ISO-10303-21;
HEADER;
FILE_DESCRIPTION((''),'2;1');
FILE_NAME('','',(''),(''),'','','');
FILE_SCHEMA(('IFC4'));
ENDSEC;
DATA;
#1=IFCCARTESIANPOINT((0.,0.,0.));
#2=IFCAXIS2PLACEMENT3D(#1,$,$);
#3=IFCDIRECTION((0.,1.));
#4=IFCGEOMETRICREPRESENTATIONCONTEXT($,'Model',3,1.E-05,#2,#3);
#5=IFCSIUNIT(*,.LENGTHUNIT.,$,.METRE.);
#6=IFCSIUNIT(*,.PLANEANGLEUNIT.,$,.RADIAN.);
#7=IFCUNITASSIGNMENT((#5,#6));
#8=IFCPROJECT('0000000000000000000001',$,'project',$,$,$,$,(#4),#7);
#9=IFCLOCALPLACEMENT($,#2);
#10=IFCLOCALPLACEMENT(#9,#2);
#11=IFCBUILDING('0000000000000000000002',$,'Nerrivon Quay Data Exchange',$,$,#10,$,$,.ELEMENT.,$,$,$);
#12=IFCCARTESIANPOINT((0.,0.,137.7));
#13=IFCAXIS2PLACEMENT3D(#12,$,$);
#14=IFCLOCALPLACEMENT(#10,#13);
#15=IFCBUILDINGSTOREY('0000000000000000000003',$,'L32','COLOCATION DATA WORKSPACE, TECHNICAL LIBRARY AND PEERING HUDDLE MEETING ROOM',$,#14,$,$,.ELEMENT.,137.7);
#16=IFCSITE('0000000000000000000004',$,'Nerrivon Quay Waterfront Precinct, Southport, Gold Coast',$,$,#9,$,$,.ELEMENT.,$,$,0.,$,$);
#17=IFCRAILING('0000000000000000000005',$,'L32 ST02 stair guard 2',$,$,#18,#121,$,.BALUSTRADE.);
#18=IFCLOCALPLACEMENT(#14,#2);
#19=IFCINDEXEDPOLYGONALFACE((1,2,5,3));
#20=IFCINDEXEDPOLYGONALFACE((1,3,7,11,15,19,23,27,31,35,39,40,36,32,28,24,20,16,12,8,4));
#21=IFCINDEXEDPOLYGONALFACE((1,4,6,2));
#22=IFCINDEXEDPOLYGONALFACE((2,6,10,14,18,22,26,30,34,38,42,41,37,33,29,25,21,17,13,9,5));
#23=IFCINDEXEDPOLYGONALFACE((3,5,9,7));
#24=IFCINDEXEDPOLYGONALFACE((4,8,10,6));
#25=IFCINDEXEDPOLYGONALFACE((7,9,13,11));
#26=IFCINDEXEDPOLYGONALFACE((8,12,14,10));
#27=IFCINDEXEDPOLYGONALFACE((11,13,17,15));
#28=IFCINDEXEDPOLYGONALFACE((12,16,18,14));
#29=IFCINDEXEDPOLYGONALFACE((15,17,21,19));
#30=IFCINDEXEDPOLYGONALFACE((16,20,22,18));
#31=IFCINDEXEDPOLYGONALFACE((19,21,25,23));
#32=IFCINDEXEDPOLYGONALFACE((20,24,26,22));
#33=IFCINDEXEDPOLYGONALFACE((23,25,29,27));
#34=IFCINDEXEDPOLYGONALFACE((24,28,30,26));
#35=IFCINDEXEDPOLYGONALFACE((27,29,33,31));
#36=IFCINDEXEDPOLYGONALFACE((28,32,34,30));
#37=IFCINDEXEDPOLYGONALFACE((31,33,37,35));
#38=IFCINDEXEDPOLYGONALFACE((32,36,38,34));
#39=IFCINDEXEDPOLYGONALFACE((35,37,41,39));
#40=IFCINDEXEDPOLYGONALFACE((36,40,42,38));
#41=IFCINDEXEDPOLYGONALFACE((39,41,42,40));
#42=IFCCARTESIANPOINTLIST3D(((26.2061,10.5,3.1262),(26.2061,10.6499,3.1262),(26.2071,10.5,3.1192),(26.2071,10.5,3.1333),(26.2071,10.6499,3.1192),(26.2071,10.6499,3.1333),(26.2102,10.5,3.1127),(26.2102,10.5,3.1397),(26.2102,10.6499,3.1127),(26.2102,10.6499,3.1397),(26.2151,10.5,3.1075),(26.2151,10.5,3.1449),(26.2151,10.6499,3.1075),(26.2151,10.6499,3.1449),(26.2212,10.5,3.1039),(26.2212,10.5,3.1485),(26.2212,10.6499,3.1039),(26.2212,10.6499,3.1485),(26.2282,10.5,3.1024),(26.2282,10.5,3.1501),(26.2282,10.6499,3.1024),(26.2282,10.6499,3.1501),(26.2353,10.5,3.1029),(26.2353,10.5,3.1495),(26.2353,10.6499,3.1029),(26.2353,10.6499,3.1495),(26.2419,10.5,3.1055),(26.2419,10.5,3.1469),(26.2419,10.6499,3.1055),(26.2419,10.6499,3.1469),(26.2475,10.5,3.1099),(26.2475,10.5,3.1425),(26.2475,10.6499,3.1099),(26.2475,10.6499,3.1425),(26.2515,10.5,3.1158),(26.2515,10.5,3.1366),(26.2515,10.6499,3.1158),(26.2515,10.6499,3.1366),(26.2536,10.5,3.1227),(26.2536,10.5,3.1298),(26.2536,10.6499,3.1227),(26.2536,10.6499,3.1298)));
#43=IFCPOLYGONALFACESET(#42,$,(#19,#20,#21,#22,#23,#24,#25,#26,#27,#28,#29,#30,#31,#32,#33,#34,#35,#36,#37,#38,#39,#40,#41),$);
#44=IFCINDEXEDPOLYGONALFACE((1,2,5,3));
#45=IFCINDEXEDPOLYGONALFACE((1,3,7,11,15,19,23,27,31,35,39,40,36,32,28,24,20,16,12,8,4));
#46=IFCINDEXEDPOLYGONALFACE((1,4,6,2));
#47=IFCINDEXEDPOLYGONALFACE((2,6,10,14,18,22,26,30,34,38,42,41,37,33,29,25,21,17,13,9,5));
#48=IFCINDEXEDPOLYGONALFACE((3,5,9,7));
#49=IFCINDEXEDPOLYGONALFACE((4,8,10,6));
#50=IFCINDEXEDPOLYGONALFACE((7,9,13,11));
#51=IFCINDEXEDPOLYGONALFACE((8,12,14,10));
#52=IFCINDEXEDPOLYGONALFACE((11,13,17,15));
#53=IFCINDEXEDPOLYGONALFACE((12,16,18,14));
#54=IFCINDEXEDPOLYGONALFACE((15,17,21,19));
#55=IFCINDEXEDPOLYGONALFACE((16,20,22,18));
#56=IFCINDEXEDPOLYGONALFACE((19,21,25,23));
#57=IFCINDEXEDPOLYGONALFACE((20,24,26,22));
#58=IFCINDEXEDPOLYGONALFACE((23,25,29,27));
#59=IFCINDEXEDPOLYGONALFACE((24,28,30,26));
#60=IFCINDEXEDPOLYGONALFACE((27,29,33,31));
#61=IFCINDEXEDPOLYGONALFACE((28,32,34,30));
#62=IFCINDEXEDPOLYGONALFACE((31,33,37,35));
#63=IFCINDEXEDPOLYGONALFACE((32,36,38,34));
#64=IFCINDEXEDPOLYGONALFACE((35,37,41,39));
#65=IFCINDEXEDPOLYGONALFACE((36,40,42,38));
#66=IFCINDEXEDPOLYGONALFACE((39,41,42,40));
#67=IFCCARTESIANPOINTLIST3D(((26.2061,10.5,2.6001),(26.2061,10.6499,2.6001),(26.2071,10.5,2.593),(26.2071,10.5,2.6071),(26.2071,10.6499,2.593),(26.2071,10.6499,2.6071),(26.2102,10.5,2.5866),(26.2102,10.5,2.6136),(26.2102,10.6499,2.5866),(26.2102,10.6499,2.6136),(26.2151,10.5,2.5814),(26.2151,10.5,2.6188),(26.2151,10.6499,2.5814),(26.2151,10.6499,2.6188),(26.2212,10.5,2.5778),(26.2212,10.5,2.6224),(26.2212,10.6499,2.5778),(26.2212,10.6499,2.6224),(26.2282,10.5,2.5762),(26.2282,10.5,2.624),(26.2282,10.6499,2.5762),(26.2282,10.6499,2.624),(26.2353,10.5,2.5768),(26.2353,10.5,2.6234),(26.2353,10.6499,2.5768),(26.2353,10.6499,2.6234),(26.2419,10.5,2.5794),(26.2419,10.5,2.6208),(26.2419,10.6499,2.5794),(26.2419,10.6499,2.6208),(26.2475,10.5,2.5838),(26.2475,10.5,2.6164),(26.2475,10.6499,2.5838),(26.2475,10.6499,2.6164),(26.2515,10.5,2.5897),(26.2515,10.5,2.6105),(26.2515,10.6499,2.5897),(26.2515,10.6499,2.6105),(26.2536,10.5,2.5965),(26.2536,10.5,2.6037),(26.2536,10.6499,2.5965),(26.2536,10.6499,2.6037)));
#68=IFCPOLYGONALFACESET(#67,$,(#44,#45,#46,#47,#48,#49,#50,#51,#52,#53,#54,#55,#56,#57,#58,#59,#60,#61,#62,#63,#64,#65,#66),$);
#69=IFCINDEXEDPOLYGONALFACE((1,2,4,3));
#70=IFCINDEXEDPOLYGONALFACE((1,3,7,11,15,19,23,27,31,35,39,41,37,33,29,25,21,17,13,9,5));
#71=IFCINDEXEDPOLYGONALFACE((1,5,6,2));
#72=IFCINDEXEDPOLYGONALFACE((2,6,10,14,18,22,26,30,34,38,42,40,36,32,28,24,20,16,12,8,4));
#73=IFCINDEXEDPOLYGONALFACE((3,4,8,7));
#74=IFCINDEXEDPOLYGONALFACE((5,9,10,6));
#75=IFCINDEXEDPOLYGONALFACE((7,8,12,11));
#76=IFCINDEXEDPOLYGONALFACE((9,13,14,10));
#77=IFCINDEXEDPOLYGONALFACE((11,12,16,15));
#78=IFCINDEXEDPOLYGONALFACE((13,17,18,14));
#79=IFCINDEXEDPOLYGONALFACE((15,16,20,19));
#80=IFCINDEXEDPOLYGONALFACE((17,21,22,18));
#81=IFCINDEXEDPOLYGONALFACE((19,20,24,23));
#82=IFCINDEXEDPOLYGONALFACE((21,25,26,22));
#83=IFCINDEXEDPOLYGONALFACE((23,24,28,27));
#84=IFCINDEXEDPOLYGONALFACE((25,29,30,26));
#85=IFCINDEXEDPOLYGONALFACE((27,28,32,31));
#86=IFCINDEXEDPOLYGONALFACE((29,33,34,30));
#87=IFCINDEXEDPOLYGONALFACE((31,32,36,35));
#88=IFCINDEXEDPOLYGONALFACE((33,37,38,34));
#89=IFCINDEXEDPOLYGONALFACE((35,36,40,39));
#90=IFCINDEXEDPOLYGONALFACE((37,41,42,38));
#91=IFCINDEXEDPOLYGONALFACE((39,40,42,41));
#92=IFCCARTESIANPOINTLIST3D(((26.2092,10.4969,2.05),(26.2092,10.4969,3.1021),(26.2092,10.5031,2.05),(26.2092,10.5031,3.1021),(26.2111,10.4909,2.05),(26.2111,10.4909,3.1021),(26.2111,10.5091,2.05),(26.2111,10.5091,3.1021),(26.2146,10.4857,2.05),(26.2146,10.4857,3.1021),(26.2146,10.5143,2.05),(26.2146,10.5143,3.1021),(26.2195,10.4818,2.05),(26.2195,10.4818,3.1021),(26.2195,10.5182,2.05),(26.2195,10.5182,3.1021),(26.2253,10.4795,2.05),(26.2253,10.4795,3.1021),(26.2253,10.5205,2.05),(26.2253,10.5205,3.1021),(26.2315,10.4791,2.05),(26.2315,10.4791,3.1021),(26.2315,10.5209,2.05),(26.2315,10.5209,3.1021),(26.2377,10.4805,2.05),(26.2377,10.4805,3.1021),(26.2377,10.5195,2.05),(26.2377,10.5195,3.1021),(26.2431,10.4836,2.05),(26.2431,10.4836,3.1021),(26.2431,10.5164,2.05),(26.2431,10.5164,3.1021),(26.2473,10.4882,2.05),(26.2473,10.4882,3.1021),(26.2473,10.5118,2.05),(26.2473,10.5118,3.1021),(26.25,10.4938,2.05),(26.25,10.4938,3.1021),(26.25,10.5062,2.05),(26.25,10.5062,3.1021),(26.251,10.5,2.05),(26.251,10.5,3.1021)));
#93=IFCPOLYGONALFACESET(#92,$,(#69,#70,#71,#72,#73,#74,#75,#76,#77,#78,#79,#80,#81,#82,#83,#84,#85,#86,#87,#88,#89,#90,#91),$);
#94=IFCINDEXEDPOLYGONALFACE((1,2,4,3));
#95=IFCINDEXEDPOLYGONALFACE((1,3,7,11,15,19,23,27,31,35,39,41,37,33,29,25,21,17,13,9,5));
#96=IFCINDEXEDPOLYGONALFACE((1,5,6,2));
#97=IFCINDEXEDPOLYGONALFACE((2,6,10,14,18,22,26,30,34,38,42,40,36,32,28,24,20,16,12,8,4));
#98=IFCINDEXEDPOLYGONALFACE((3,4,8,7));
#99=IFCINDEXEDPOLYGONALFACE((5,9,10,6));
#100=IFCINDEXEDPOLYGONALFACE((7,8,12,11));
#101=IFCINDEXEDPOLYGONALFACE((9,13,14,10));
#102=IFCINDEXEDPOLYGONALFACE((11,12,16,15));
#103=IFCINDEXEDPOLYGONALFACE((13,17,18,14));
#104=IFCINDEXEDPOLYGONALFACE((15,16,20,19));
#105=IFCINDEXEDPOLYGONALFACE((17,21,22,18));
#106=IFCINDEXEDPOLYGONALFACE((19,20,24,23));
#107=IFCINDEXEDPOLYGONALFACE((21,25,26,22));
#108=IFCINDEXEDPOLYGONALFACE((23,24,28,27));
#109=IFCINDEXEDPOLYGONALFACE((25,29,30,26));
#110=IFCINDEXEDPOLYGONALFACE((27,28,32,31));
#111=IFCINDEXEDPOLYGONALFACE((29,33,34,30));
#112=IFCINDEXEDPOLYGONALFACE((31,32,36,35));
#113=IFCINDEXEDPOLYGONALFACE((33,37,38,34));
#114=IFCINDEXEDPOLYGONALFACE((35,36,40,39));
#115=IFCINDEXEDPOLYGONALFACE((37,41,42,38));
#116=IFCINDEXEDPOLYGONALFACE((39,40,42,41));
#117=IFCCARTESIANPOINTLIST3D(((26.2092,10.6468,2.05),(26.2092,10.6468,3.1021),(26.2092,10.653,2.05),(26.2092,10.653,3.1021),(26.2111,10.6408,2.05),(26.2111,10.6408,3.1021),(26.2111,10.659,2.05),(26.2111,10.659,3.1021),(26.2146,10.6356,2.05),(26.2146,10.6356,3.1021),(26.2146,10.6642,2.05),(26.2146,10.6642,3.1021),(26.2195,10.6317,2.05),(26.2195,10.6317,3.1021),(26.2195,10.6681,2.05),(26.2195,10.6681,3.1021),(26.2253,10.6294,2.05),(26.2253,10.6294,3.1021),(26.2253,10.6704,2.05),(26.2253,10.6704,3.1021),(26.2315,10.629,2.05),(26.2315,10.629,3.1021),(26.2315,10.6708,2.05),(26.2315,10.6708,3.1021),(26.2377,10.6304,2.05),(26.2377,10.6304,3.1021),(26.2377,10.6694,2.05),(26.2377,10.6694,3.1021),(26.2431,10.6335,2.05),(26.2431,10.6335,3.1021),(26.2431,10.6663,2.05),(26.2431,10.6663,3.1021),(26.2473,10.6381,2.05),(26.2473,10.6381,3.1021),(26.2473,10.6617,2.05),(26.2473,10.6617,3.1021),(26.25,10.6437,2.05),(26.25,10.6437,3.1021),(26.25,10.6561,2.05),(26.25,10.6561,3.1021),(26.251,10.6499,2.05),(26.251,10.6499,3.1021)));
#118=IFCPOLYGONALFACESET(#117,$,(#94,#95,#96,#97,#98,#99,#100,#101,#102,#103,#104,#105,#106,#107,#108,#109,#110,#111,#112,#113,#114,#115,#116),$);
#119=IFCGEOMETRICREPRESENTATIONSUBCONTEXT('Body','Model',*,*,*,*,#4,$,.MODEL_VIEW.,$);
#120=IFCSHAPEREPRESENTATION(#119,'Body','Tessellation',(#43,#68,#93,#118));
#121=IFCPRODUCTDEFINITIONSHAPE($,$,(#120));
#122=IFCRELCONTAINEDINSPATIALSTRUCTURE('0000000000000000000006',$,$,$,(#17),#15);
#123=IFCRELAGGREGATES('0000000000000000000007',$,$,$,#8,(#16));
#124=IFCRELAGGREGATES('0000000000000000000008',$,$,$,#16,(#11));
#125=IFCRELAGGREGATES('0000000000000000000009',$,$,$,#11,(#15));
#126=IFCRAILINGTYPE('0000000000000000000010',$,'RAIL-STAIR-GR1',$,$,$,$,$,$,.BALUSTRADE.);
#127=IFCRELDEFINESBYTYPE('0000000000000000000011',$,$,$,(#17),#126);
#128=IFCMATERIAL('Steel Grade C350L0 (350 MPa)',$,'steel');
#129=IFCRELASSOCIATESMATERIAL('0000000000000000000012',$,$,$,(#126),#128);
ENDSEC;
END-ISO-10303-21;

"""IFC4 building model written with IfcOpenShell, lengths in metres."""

from ifc_helpers import new_model, si_unit, direction, frame, origin, origin_2d, place, context, subcontext, project, spatial, circle, extrude, material, type_object, element, save


model = new_model("IFC4")

# Units and contexts
model_context = context("Model", 3, precision=1e-05, world=origin(), true_north=direction((0.0, 1.0)))
body_context = subcontext(model_context, "Body", "Model", "MODEL_VIEW")
ifc_project = project(units=[si_unit("LENGTHUNIT", "METRE"), si_unit("PLANEANGLEUNIT", "RADIAN")], contexts=[model_context])

# Site, building, storey
site_placement = place(None, origin())
site = spatial("IfcSite", under=ifc_project, at=site_placement, Name="Nerrivon Quay Waterfront Precinct, Southport, Gold Coast", CompositionType="ELEMENT", RefElevation=0.0)
building_placement = place(site_placement, origin())
building = spatial("IfcBuilding", under=site, at=building_placement, Name="Nerrivon Quay Data Exchange", CompositionType="ELEMENT")
storey_placement = place(building_placement, frame((0.0, 0.0, 137.7)))
storey = spatial("IfcBuildingStorey", under=building, at=storey_placement, Name="L32", Description="COLOCATION DATA WORKSPACE, TECHNICAL LIBRARY AND PEERING HUDDLE MEETING ROOM", CompositionType="ELEMENT", Elevation=137.7)

# Railing
ifc_material_1 = material(Name="Steel Grade C350L0 (350 MPa)", Category="steel")
railing_type_1 = type_object("IfcRailingType", Name="RAIL-STAIR-GR1", PredefinedType="BALUSTRADE", material=ifc_material_1)
railing_1_placement = place(storey_placement, frame((26.23, 10.5, 2.05)))
element("IfcRailing", 1, at=railing_1_placement, inside=storey, type_object=railing_type_1, Name="L32 ST02 stair guard 2", PredefinedType="BALUSTRADE", context=body_context, shape_type="SweptSolid", body=[
    extrude(circle(Radius=0.0239, at=origin_2d()), frame((0.0, 0.0, 1.0762), z_axis=(0.0, 1.0, 0.0), x_axis=(-1.0, 0.0, 0.0)), (0.0, 0.0, 1.0), 0.1499),
    extrude(circle(Radius=0.0239, at=origin_2d()), frame((0.0, 0.0, 0.55), z_axis=(0.0, 1.0, 0.0), x_axis=(-1.0, 0.0, 0.0)), (0.0, 0.0, 1.0), 0.1499),
    extrude(circle(Radius=0.021, at=origin_2d()), origin(), (0.0, 0.0, 1.0), 1.052),
    extrude(circle(Radius=0.021, at=origin_2d()), frame((0.0, 0.1499, 0.0)), (0.0, 0.0, 1.0), 1.052),
])

save(model, "model.ifc")
